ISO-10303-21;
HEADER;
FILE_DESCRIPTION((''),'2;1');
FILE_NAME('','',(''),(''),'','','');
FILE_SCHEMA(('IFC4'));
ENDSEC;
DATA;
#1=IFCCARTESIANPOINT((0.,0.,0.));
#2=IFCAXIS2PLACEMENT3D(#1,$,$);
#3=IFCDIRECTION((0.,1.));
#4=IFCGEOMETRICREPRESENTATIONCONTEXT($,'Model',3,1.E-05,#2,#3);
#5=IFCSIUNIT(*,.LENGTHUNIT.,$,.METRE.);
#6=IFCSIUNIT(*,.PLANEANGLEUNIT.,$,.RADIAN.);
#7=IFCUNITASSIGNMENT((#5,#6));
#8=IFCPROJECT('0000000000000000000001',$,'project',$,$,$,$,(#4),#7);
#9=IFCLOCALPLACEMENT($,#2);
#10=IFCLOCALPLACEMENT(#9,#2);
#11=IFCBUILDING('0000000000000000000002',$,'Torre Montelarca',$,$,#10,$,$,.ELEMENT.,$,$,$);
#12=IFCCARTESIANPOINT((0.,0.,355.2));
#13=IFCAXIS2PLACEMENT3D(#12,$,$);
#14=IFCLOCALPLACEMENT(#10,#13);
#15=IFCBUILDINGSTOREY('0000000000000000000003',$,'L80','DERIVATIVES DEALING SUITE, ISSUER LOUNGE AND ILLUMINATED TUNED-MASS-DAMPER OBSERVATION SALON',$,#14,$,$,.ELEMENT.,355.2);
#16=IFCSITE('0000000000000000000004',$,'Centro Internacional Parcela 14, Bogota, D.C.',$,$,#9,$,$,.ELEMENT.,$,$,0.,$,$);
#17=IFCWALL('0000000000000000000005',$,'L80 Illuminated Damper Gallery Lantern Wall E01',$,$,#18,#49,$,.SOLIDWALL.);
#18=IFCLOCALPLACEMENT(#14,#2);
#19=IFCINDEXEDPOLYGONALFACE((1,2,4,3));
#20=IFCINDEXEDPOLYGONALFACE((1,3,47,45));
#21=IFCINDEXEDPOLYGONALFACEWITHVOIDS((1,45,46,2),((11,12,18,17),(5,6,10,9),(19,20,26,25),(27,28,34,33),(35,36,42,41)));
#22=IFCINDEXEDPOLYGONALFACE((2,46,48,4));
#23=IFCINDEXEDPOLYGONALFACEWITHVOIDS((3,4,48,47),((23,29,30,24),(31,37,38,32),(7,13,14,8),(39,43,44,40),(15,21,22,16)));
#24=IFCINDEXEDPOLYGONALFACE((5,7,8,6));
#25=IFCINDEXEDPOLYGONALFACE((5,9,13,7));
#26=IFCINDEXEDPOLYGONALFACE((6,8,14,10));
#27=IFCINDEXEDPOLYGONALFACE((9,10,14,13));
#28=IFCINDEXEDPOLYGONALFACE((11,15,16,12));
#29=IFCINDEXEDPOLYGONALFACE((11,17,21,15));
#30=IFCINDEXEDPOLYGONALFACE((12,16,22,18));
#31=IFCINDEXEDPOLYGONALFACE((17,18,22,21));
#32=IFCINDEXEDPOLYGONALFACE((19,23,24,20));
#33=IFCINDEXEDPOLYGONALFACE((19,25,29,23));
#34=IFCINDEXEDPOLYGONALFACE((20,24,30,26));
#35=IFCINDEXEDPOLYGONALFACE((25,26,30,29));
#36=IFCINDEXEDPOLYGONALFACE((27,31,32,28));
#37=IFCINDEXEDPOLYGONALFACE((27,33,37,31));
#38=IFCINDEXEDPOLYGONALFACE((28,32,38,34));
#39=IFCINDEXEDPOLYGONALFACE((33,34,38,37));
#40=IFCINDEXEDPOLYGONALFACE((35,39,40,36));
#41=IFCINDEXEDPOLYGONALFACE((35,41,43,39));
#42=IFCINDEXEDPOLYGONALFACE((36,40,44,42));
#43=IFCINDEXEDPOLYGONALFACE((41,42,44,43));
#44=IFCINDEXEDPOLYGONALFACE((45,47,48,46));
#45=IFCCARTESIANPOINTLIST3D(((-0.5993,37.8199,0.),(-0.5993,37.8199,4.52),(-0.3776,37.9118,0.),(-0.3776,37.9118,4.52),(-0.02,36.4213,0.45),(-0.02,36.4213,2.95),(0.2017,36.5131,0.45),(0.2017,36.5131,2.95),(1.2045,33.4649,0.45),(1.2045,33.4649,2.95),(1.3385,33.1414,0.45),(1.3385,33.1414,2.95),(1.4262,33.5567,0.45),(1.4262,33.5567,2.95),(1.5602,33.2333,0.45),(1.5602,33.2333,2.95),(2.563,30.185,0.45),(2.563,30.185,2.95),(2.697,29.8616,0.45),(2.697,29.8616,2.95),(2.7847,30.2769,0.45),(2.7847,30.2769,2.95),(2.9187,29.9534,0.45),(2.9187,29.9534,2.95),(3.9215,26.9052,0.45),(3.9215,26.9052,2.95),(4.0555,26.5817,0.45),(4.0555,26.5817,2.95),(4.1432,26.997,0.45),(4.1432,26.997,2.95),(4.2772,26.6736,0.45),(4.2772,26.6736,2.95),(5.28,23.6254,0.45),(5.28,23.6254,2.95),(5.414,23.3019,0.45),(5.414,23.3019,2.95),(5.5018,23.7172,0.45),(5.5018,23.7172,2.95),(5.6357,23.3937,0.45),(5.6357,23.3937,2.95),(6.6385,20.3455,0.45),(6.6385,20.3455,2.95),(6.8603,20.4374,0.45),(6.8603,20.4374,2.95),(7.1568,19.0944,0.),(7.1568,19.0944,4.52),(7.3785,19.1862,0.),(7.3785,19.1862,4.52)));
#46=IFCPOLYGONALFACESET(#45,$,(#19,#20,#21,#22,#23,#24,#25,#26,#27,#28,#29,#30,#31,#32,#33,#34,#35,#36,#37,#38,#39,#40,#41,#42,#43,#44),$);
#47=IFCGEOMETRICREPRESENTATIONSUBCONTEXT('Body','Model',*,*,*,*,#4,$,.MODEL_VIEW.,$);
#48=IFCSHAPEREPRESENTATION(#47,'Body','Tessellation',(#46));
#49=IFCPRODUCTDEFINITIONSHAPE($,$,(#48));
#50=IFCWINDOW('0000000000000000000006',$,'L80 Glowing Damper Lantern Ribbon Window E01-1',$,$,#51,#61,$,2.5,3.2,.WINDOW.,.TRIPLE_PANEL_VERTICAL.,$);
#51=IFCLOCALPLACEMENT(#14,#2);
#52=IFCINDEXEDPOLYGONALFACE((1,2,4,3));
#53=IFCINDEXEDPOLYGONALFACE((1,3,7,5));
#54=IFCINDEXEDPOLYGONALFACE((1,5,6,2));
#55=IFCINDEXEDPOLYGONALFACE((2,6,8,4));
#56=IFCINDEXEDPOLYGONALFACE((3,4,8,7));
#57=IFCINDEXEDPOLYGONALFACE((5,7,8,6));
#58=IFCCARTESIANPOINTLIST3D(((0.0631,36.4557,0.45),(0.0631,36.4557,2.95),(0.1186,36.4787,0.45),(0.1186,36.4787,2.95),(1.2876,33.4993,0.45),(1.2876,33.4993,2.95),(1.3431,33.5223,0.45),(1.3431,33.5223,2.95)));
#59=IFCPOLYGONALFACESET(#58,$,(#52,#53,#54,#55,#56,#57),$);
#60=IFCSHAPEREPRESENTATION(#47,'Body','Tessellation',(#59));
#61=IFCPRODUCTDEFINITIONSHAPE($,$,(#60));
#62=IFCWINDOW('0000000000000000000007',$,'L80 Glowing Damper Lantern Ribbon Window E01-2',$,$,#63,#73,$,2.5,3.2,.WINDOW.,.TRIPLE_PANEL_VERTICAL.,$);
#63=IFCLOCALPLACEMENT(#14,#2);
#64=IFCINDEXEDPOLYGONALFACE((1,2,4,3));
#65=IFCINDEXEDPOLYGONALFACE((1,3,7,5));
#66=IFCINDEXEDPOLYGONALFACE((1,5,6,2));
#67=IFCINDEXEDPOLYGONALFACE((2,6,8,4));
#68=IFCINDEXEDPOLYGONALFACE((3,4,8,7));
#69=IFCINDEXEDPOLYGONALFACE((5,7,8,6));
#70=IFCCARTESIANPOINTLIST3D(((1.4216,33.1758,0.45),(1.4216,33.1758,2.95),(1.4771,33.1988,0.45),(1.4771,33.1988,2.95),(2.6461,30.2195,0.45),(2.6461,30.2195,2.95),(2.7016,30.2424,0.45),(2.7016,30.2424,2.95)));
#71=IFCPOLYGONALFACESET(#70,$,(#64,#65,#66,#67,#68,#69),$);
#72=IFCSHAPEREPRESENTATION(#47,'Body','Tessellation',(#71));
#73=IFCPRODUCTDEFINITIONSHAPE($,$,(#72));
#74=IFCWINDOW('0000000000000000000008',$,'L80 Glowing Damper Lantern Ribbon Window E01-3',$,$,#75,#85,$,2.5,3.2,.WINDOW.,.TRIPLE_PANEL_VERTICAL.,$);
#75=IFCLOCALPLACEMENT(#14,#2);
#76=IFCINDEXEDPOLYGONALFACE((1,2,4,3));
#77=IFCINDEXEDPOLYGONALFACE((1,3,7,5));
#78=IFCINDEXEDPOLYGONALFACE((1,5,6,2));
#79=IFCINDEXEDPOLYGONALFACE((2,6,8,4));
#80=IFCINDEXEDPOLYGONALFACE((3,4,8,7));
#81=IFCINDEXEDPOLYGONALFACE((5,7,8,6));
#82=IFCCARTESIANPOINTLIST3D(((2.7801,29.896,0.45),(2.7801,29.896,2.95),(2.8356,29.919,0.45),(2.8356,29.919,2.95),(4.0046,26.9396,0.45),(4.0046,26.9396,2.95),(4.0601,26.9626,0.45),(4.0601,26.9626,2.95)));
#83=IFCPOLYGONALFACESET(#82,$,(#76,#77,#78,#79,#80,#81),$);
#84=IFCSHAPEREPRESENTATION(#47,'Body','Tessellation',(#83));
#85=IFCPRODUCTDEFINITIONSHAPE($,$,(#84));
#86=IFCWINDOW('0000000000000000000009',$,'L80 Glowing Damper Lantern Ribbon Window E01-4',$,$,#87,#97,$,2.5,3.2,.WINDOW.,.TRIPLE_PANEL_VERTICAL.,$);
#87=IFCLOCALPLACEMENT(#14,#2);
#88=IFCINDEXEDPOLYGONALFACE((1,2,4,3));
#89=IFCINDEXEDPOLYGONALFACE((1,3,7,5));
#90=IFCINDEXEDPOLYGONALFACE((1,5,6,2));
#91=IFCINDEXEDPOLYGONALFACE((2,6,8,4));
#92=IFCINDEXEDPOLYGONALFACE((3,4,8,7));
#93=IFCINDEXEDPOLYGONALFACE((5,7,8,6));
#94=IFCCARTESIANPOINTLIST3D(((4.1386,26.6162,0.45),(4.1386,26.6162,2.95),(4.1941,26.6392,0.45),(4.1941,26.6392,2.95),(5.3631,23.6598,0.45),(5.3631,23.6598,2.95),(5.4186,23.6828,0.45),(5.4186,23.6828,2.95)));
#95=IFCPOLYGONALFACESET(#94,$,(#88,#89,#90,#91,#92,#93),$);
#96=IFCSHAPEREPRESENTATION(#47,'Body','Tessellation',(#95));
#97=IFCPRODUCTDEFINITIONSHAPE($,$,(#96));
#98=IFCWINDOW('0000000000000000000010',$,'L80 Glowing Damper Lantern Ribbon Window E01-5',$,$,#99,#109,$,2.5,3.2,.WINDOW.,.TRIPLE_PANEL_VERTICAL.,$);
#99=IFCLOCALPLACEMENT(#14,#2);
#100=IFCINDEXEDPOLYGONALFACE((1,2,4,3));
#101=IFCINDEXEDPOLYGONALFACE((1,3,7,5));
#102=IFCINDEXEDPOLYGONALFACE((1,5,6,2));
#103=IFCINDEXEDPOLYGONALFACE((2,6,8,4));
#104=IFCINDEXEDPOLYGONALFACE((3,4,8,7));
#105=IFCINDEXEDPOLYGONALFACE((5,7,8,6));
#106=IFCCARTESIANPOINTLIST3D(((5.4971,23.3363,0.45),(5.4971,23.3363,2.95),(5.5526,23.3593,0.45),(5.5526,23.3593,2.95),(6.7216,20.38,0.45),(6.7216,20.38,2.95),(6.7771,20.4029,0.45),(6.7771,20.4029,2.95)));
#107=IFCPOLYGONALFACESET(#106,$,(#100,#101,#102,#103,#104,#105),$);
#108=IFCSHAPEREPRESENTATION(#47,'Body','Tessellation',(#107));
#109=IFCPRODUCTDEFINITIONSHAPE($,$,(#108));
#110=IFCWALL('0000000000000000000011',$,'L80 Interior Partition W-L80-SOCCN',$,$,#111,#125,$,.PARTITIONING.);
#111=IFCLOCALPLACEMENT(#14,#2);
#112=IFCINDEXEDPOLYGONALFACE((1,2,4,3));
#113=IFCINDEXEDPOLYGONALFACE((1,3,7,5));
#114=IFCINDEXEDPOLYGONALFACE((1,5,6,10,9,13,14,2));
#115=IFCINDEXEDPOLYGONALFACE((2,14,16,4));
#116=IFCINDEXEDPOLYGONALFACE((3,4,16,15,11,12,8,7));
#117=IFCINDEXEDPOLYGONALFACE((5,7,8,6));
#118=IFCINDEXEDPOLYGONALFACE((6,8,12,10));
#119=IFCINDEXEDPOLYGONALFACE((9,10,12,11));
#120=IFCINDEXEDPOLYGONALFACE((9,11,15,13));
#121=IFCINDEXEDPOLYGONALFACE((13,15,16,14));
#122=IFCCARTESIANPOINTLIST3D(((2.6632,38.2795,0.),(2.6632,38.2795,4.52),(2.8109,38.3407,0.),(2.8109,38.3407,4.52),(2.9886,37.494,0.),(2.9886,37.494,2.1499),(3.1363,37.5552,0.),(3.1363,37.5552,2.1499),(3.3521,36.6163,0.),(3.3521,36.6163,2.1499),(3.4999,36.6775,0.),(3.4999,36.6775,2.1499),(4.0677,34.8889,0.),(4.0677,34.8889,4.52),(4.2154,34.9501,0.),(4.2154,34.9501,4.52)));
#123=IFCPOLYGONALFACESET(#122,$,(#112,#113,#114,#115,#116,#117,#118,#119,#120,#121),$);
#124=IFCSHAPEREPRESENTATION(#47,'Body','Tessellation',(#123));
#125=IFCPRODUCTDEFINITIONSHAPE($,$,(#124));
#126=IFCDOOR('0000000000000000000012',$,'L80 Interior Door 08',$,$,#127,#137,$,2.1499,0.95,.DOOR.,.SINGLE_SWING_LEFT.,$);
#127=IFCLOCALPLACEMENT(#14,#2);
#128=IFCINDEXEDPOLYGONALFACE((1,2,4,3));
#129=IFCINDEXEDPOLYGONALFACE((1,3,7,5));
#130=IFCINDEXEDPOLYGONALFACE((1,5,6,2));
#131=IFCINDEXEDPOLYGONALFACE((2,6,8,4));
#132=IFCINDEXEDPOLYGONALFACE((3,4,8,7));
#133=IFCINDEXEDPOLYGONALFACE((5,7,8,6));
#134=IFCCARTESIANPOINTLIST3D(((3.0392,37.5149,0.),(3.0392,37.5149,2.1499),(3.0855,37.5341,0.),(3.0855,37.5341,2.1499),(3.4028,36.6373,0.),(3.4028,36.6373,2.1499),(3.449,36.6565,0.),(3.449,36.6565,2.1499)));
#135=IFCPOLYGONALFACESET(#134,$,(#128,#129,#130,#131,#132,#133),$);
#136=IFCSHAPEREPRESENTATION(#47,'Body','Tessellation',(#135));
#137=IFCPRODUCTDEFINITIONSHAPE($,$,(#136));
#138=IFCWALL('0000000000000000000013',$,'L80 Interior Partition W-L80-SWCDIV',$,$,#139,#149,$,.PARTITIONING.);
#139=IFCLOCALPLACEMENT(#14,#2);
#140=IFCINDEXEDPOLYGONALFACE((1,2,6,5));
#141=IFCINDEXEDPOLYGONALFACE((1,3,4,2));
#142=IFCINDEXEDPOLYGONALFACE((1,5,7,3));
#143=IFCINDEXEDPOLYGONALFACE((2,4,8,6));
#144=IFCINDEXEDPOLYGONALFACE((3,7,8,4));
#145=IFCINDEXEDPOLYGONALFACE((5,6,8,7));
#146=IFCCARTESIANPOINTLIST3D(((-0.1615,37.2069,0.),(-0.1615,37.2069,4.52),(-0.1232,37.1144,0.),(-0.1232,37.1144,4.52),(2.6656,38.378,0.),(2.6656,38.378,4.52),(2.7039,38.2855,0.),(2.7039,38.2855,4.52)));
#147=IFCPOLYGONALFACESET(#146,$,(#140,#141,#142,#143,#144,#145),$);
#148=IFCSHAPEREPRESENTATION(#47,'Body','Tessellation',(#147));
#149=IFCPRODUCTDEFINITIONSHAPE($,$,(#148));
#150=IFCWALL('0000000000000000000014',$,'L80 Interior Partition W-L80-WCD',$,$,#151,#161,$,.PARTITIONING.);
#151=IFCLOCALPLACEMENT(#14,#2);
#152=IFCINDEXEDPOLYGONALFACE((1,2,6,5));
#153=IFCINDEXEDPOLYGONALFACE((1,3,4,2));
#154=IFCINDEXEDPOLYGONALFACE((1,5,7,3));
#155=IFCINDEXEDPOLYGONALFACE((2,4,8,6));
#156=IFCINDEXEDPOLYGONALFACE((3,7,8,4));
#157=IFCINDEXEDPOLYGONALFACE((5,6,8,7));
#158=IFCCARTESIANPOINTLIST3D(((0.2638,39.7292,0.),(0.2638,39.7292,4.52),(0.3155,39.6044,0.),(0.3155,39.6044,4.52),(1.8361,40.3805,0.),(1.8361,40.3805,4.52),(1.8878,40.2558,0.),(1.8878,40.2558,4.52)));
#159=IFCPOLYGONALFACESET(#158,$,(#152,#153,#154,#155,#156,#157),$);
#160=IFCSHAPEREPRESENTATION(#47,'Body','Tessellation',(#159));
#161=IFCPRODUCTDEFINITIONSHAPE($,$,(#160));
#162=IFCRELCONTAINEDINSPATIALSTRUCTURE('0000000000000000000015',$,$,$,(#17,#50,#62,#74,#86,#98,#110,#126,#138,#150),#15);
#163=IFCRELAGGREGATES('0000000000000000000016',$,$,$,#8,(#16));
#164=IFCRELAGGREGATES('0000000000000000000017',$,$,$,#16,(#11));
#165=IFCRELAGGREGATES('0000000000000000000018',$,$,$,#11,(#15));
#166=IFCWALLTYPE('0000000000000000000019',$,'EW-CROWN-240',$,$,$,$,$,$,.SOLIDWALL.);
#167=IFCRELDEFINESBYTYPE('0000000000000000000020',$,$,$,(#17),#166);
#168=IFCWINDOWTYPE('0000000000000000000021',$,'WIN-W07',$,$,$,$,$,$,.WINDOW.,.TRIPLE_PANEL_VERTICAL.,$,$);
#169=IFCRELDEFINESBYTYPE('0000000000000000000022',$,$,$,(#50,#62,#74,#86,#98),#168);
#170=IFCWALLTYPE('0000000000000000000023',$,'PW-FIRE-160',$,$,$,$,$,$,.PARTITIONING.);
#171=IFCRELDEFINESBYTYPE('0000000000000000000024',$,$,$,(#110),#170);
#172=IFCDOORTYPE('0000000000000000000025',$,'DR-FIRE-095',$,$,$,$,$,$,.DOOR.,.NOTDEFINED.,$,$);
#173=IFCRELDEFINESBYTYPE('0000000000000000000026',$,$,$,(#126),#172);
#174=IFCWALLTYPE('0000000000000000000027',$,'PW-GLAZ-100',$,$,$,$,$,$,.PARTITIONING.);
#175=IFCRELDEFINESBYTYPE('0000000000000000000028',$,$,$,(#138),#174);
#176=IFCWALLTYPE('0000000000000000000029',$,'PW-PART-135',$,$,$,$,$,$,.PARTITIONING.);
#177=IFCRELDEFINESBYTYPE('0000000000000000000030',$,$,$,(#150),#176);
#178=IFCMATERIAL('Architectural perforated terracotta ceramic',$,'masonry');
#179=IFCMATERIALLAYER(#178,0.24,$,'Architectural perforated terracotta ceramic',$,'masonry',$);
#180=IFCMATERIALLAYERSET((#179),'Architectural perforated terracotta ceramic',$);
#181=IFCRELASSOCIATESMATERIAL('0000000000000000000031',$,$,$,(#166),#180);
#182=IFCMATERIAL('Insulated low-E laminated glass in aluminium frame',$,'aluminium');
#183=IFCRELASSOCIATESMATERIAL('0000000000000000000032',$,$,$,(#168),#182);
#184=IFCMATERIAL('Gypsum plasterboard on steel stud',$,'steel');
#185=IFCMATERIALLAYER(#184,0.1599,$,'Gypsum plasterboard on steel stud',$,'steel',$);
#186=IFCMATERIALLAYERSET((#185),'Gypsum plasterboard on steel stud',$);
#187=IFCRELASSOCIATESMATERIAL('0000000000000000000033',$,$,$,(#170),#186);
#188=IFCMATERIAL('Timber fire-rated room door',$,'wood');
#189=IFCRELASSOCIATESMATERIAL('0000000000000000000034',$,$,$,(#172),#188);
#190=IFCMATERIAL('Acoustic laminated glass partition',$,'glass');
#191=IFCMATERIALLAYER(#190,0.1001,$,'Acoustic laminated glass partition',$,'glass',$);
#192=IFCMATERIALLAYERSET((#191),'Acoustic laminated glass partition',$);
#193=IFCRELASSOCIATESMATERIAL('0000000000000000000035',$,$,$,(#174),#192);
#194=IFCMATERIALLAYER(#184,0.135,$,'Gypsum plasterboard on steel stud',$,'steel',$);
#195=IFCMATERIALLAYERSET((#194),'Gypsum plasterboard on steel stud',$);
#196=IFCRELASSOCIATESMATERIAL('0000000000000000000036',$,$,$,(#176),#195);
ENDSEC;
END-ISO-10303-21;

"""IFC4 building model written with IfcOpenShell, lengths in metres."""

from ifc_helpers import new_model, si_unit, direction, frame, frame_2d, origin, place, context, subcontext, project, spatial, rectangle, extrude, source, transform, mapped, material, layer, layer_set, type_object, element, fill, save


model = new_model("IFC4")

# Units and contexts
model_context = context("Model", 3, precision=1e-05, world=origin(), true_north=direction((0.0, 1.0)))
body_context = subcontext(model_context, "Body", "Model", "MODEL_VIEW")
ifc_project = project(units=[si_unit("LENGTHUNIT", "METRE"), si_unit("PLANEANGLEUNIT", "RADIAN")], contexts=[model_context])

# Site, building, storey
site_placement = place(None, origin())
site = spatial("IfcSite", under=ifc_project, at=site_placement, Name="Centro Internacional Parcela 14, Bogota, D.C.", CompositionType="ELEMENT", RefElevation=0.0)
building_placement = place(site_placement, origin())
building = spatial("IfcBuilding", under=site, at=building_placement, Name="Torre Montelarca", CompositionType="ELEMENT")
storey_placement = place(building_placement, frame((0.0, 0.0, 355.2)))
storey = spatial("IfcBuildingStorey", under=building, at=storey_placement, Name="L80", Description="DERIVATIVES DEALING SUITE, ISSUER LOUNGE AND ILLUMINATED TUNED-MASS-DAMPER OBSERVATION SALON", CompositionType="ELEMENT", Elevation=355.2)

# Wall, openings, windows
ifc_material_1 = material(Name="Architectural perforated terracotta ceramic", Category="masonry")
ifc_layer_1 = layer(ifc_material_1, 0.24, Name="Architectural perforated terracotta ceramic", Category="masonry")
ifc_layer_set_1 = layer_set([ifc_layer_1], Name="Architectural perforated terracotta ceramic")
wall_type_1 = type_object("IfcWallType", Name="EW-CROWN-240", PredefinedType="SOLIDWALL", material=ifc_layer_set_1)
wall_1_placement = place(storey_placement, frame((-0.4885, 37.866, 0.0), z_axis=(0.0, 0.0, 1.0), x_axis=(0.382671, -0.923885, 0.0)))
wall_1 = element("IfcWall", 1, at=wall_1_placement, inside=storey, type_object=wall_type_1, Name="L80 Illuminated Damper Gallery Lantern Wall E01", PredefinedType="SOLIDWALL", context=body_context, shape_type="SweptSolid", body=[
    extrude(rectangle(XDim=20.2683, YDim=0.24, at=frame_2d((10.1343, 0.0))), origin(), (0.0, 0.0, 1.0), 4.52),
])
opening_1_placement = place(wall_1_placement, frame((1.5139, 0.0, 0.45)))
opening_1 = element("IfcOpeningElement", 2, at=opening_1_placement, cuts=wall_1, PredefinedType="OPENING", context=body_context, shape_type="SweptSolid", body=[
    extrude(rectangle(XDim=3.2, YDim=2.5, at=frame_2d((1.6001, 1.25))), frame((0.0, 0.1299, 0.0), z_axis=(0.0, -1.0, 0.0), x_axis=(1.0, 0.0, 0.0)), (0.0, 0.0, 1.0), 0.26),
])
opening_2_placement = place(wall_1_placement, frame((5.064, 0.0, 0.45)))
opening_2 = element("IfcOpeningElement", 3, at=opening_2_placement, cuts=wall_1, PredefinedType="OPENING", context=body_context, shape_type="SweptSolid", body=[
    extrude(rectangle(XDim=3.2, YDim=2.5, at=frame_2d((1.6001, 1.25))), frame((0.0, 0.1299, 0.0), z_axis=(0.0, -1.0, 0.0), x_axis=(1.0, 0.0, 0.0)), (0.0, 0.0, 1.0), 0.26),
])
opening_3_placement = place(wall_1_placement, frame((8.614, 0.0, 0.45)))
opening_3 = element("IfcOpeningElement", 4, at=opening_3_placement, cuts=wall_1, PredefinedType="OPENING", context=body_context, shape_type="SweptSolid", body=[
    extrude(rectangle(XDim=3.2, YDim=2.5, at=frame_2d((1.6001, 1.25))), frame((0.0, 0.1299, 0.0), z_axis=(0.0, -1.0, 0.0), x_axis=(1.0, 0.0, 0.0)), (0.0, 0.0, 1.0), 0.26),
])
opening_4_placement = place(wall_1_placement, frame((12.1641, 0.0, 0.45)))
opening_4 = element("IfcOpeningElement", 5, at=opening_4_placement, cuts=wall_1, PredefinedType="OPENING", context=body_context, shape_type="SweptSolid", body=[
    extrude(rectangle(XDim=3.2, YDim=2.5, at=frame_2d((1.6001, 1.25))), frame((0.0, 0.1299, 0.0), z_axis=(0.0, -1.0, 0.0), x_axis=(1.0, 0.0, 0.0)), (0.0, 0.0, 1.0), 0.26),
])
opening_5_placement = place(wall_1_placement, frame((15.7141, 0.0, 0.45)))
opening_5 = element("IfcOpeningElement", 6, at=opening_5_placement, cuts=wall_1, PredefinedType="OPENING", context=body_context, shape_type="SweptSolid", body=[
    extrude(rectangle(XDim=3.2, YDim=2.5, at=frame_2d((1.6001, 1.25))), frame((0.0, 0.1299, 0.0), z_axis=(0.0, -1.0, 0.0), x_axis=(1.0, 0.0, 0.0)), (0.0, 0.0, 1.0), 0.26),
])
ifc_material_2 = material(Name="Insulated low-E laminated glass in aluminium frame", Category="aluminium")
window_type = type_object("IfcWindowType", Name="WIN-W07", PartitioningType="TRIPLE_PANEL_VERTICAL", PredefinedType="WINDOW", material=ifc_material_2)
shared_shape_1 = source(origin(), body_context, "Body", "SweptSolid", [
    extrude(rectangle(XDim=3.2, YDim=2.5, at=frame_2d((1.6001, 1.25))), frame((0.0, 0.03, 0.0), z_axis=(0.0, -1.0, 0.0), x_axis=(1.0, 0.0, 0.0)), (0.0, 0.0, 1.0), 0.0601),
])
window_1_placement = place(opening_1_placement, origin())
window_1 = element("IfcWindow", 7, at=window_1_placement, inside=storey, type_object=window_type, Name="L80 Glowing Damper Lantern Ribbon Window E01-1", OverallHeight=2.5, OverallWidth=3.2, PartitioningType="TRIPLE_PANEL_VERTICAL", PredefinedType="WINDOW", context=body_context, shape_type="MappedRepresentation", body=[
    mapped(shared_shape_1, transform((0.0, 0.0, 0.0), scale=1.0)),
])
fill(opening_1, window_1)
window_2_placement = place(opening_2_placement, origin())
window_2 = element("IfcWindow", 8, at=window_2_placement, inside=storey, type_object=window_type, Name="L80 Glowing Damper Lantern Ribbon Window E01-2", OverallHeight=2.5, OverallWidth=3.2, PartitioningType="TRIPLE_PANEL_VERTICAL", PredefinedType="WINDOW", context=body_context, shape_type="MappedRepresentation", body=[
    mapped(shared_shape_1, transform((0.0, 0.0, 0.0), scale=1.0)),
])
fill(opening_2, window_2)
window_3_placement = place(opening_3_placement, origin())
window_3 = element("IfcWindow", 9, at=window_3_placement, inside=storey, type_object=window_type, Name="L80 Glowing Damper Lantern Ribbon Window E01-3", OverallHeight=2.5, OverallWidth=3.2, PartitioningType="TRIPLE_PANEL_VERTICAL", PredefinedType="WINDOW", context=body_context, shape_type="MappedRepresentation", body=[
    mapped(shared_shape_1, transform((0.0, 0.0, 0.0), scale=1.0)),
])
fill(opening_3, window_3)
window_4_placement = place(opening_4_placement, origin())
window_4 = element("IfcWindow", 10, at=window_4_placement, inside=storey, type_object=window_type, Name="L80 Glowing Damper Lantern Ribbon Window E01-4", OverallHeight=2.5, OverallWidth=3.2, PartitioningType="TRIPLE_PANEL_VERTICAL", PredefinedType="WINDOW", context=body_context, shape_type="MappedRepresentation", body=[
    mapped(shared_shape_1, transform((0.0, 0.0, 0.0), scale=1.0)),
])
fill(opening_4, window_4)
window_5_placement = place(opening_5_placement, origin())
window_5 = element("IfcWindow", 11, at=window_5_placement, inside=storey, type_object=window_type, Name="L80 Glowing Damper Lantern Ribbon Window E01-5", OverallHeight=2.5, OverallWidth=3.2, PartitioningType="TRIPLE_PANEL_VERTICAL", PredefinedType="WINDOW", context=body_context, shape_type="MappedRepresentation", body=[
    mapped(shared_shape_1, transform((0.0, 0.0, 0.0), scale=1.0)),
])
fill(opening_5, window_5)

# Wall, opening, door
ifc_material_3 = material(Name="Gypsum plasterboard on steel stud", Category="steel")
ifc_layer_2 = layer(ifc_material_3, 0.1599, Name="Gypsum plasterboard on steel stud", Category="steel")
ifc_layer_set_2 = layer_set([ifc_layer_2], Name="Gypsum plasterboard on steel stud")
wall_type_2 = type_object("IfcWallType", Name="PW-FIRE-160", PredefinedType="PARTITIONING", material=ifc_layer_set_2)
wall_2_placement = place(storey_placement, frame((2.7371, 38.3101, 0.0), z_axis=(0.0, 0.0, 1.0), x_axis=(0.382706, -0.92387, 0.0)))
wall_2 = element("IfcWall", 12, at=wall_2_placement, inside=storey, type_object=wall_type_2, Name="L80 Interior Partition W-L80-SOCCN", PredefinedType="PARTITIONING", context=body_context, shape_type="SweptSolid", body=[
    extrude(rectangle(XDim=3.6699, YDim=0.1599, at=frame_2d((1.835, 0.0))), origin(), (0.0, 0.0, 1.0), 4.52),
])
opening_6_placement = place(wall_2_placement, frame((0.8501, 0.0, 0.0)))
opening_6 = element("IfcOpeningElement", 13, at=opening_6_placement, cuts=wall_2, PredefinedType="OPENING", context=body_context, shape_type="SweptSolid", body=[
    extrude(rectangle(XDim=0.95, YDim=2.1499, at=frame_2d((0.4751, 1.075))), frame((0.0, 0.0898, 0.0), z_axis=(0.0, -1.0, 0.0), x_axis=(1.0, 0.0, 0.0)), (0.0, 0.0, 1.0), 0.1799),
])
ifc_material_4 = material(Name="Timber fire-rated room door", Category="wood")
door_type = type_object("IfcDoorType", Name="DR-FIRE-095", OperationType="NOTDEFINED", PredefinedType="DOOR", material=ifc_material_4)
shared_shape_2 = source(origin(), body_context, "Body", "SweptSolid", [
    extrude(rectangle(XDim=0.95, YDim=2.1499, at=frame_2d((0.4751, 1.075))), frame((0.0, 0.0249, 0.0), z_axis=(0.0, -1.0, 0.0), x_axis=(1.0, 0.0, 0.0)), (0.0, 0.0, 1.0), 0.05),
])
door_placement = place(opening_6_placement, origin())
door = element("IfcDoor", 14, at=door_placement, inside=storey, type_object=door_type, Name="L80 Interior Door 08", OperationType="SINGLE_SWING_LEFT", OverallHeight=2.1499, OverallWidth=0.95, PredefinedType="DOOR", context=body_context, shape_type="MappedRepresentation", body=[
    mapped(shared_shape_2, transform((0.0, 0.0, 0.0), scale=1.0)),
])
fill(opening_6, door)

# Walls
ifc_material_5 = material(Name="Acoustic laminated glass partition", Category="glass")
ifc_layer_3 = layer(ifc_material_5, 0.1001, Name="Acoustic laminated glass partition", Category="glass")
ifc_layer_set_3 = layer_set([ifc_layer_3], Name="Acoustic laminated glass partition")
wall_type_3 = type_object("IfcWallType", Name="PW-GLAZ-100", PredefinedType="PARTITIONING", material=ifc_layer_set_3)
wall_3_placement = place(storey_placement, frame((-0.1423, 37.1606, 0.0), z_axis=(0.0, 0.0, 1.0), x_axis=(0.923868, 0.382711, 0.0)))
element("IfcWall", 15, at=wall_3_placement, inside=storey, type_object=wall_type_3, Name="L80 Interior Partition W-L80-SWCDIV", PredefinedType="PARTITIONING", context=body_context, shape_type="SweptSolid", body=[
    extrude(rectangle(XDim=3.0601, YDim=0.1001, at=frame_2d((1.53, 0.0))), origin(), (0.0, 0.0, 1.0), 4.52),
])
ifc_layer_4 = layer(ifc_material_3, 0.135, Name="Gypsum plasterboard on steel stud", Category="steel")
ifc_layer_set_4 = layer_set([ifc_layer_4], Name="Gypsum plasterboard on steel stud")
wall_type_4 = type_object("IfcWallType", Name="PW-PART-135", PredefinedType="PARTITIONING", material=ifc_layer_set_4)
wall_4_placement = place(storey_placement, frame((0.2896, 39.6667, 0.0), z_axis=(0.0, 0.0, 1.0), x_axis=(0.923856, 0.38274, 0.0)))
element("IfcWall", 16, at=wall_4_placement, inside=storey, type_object=wall_type_4, Name="L80 Interior Partition W-L80-WCD", PredefinedType="PARTITIONING", context=body_context, shape_type="SweptSolid", body=[
    extrude(rectangle(XDim=1.7019, YDim=0.135, at=frame_2d((0.8511, 0.0))), origin(), (0.0, 0.0, 1.0), 4.52),
])

save(model, "model.ifc")
